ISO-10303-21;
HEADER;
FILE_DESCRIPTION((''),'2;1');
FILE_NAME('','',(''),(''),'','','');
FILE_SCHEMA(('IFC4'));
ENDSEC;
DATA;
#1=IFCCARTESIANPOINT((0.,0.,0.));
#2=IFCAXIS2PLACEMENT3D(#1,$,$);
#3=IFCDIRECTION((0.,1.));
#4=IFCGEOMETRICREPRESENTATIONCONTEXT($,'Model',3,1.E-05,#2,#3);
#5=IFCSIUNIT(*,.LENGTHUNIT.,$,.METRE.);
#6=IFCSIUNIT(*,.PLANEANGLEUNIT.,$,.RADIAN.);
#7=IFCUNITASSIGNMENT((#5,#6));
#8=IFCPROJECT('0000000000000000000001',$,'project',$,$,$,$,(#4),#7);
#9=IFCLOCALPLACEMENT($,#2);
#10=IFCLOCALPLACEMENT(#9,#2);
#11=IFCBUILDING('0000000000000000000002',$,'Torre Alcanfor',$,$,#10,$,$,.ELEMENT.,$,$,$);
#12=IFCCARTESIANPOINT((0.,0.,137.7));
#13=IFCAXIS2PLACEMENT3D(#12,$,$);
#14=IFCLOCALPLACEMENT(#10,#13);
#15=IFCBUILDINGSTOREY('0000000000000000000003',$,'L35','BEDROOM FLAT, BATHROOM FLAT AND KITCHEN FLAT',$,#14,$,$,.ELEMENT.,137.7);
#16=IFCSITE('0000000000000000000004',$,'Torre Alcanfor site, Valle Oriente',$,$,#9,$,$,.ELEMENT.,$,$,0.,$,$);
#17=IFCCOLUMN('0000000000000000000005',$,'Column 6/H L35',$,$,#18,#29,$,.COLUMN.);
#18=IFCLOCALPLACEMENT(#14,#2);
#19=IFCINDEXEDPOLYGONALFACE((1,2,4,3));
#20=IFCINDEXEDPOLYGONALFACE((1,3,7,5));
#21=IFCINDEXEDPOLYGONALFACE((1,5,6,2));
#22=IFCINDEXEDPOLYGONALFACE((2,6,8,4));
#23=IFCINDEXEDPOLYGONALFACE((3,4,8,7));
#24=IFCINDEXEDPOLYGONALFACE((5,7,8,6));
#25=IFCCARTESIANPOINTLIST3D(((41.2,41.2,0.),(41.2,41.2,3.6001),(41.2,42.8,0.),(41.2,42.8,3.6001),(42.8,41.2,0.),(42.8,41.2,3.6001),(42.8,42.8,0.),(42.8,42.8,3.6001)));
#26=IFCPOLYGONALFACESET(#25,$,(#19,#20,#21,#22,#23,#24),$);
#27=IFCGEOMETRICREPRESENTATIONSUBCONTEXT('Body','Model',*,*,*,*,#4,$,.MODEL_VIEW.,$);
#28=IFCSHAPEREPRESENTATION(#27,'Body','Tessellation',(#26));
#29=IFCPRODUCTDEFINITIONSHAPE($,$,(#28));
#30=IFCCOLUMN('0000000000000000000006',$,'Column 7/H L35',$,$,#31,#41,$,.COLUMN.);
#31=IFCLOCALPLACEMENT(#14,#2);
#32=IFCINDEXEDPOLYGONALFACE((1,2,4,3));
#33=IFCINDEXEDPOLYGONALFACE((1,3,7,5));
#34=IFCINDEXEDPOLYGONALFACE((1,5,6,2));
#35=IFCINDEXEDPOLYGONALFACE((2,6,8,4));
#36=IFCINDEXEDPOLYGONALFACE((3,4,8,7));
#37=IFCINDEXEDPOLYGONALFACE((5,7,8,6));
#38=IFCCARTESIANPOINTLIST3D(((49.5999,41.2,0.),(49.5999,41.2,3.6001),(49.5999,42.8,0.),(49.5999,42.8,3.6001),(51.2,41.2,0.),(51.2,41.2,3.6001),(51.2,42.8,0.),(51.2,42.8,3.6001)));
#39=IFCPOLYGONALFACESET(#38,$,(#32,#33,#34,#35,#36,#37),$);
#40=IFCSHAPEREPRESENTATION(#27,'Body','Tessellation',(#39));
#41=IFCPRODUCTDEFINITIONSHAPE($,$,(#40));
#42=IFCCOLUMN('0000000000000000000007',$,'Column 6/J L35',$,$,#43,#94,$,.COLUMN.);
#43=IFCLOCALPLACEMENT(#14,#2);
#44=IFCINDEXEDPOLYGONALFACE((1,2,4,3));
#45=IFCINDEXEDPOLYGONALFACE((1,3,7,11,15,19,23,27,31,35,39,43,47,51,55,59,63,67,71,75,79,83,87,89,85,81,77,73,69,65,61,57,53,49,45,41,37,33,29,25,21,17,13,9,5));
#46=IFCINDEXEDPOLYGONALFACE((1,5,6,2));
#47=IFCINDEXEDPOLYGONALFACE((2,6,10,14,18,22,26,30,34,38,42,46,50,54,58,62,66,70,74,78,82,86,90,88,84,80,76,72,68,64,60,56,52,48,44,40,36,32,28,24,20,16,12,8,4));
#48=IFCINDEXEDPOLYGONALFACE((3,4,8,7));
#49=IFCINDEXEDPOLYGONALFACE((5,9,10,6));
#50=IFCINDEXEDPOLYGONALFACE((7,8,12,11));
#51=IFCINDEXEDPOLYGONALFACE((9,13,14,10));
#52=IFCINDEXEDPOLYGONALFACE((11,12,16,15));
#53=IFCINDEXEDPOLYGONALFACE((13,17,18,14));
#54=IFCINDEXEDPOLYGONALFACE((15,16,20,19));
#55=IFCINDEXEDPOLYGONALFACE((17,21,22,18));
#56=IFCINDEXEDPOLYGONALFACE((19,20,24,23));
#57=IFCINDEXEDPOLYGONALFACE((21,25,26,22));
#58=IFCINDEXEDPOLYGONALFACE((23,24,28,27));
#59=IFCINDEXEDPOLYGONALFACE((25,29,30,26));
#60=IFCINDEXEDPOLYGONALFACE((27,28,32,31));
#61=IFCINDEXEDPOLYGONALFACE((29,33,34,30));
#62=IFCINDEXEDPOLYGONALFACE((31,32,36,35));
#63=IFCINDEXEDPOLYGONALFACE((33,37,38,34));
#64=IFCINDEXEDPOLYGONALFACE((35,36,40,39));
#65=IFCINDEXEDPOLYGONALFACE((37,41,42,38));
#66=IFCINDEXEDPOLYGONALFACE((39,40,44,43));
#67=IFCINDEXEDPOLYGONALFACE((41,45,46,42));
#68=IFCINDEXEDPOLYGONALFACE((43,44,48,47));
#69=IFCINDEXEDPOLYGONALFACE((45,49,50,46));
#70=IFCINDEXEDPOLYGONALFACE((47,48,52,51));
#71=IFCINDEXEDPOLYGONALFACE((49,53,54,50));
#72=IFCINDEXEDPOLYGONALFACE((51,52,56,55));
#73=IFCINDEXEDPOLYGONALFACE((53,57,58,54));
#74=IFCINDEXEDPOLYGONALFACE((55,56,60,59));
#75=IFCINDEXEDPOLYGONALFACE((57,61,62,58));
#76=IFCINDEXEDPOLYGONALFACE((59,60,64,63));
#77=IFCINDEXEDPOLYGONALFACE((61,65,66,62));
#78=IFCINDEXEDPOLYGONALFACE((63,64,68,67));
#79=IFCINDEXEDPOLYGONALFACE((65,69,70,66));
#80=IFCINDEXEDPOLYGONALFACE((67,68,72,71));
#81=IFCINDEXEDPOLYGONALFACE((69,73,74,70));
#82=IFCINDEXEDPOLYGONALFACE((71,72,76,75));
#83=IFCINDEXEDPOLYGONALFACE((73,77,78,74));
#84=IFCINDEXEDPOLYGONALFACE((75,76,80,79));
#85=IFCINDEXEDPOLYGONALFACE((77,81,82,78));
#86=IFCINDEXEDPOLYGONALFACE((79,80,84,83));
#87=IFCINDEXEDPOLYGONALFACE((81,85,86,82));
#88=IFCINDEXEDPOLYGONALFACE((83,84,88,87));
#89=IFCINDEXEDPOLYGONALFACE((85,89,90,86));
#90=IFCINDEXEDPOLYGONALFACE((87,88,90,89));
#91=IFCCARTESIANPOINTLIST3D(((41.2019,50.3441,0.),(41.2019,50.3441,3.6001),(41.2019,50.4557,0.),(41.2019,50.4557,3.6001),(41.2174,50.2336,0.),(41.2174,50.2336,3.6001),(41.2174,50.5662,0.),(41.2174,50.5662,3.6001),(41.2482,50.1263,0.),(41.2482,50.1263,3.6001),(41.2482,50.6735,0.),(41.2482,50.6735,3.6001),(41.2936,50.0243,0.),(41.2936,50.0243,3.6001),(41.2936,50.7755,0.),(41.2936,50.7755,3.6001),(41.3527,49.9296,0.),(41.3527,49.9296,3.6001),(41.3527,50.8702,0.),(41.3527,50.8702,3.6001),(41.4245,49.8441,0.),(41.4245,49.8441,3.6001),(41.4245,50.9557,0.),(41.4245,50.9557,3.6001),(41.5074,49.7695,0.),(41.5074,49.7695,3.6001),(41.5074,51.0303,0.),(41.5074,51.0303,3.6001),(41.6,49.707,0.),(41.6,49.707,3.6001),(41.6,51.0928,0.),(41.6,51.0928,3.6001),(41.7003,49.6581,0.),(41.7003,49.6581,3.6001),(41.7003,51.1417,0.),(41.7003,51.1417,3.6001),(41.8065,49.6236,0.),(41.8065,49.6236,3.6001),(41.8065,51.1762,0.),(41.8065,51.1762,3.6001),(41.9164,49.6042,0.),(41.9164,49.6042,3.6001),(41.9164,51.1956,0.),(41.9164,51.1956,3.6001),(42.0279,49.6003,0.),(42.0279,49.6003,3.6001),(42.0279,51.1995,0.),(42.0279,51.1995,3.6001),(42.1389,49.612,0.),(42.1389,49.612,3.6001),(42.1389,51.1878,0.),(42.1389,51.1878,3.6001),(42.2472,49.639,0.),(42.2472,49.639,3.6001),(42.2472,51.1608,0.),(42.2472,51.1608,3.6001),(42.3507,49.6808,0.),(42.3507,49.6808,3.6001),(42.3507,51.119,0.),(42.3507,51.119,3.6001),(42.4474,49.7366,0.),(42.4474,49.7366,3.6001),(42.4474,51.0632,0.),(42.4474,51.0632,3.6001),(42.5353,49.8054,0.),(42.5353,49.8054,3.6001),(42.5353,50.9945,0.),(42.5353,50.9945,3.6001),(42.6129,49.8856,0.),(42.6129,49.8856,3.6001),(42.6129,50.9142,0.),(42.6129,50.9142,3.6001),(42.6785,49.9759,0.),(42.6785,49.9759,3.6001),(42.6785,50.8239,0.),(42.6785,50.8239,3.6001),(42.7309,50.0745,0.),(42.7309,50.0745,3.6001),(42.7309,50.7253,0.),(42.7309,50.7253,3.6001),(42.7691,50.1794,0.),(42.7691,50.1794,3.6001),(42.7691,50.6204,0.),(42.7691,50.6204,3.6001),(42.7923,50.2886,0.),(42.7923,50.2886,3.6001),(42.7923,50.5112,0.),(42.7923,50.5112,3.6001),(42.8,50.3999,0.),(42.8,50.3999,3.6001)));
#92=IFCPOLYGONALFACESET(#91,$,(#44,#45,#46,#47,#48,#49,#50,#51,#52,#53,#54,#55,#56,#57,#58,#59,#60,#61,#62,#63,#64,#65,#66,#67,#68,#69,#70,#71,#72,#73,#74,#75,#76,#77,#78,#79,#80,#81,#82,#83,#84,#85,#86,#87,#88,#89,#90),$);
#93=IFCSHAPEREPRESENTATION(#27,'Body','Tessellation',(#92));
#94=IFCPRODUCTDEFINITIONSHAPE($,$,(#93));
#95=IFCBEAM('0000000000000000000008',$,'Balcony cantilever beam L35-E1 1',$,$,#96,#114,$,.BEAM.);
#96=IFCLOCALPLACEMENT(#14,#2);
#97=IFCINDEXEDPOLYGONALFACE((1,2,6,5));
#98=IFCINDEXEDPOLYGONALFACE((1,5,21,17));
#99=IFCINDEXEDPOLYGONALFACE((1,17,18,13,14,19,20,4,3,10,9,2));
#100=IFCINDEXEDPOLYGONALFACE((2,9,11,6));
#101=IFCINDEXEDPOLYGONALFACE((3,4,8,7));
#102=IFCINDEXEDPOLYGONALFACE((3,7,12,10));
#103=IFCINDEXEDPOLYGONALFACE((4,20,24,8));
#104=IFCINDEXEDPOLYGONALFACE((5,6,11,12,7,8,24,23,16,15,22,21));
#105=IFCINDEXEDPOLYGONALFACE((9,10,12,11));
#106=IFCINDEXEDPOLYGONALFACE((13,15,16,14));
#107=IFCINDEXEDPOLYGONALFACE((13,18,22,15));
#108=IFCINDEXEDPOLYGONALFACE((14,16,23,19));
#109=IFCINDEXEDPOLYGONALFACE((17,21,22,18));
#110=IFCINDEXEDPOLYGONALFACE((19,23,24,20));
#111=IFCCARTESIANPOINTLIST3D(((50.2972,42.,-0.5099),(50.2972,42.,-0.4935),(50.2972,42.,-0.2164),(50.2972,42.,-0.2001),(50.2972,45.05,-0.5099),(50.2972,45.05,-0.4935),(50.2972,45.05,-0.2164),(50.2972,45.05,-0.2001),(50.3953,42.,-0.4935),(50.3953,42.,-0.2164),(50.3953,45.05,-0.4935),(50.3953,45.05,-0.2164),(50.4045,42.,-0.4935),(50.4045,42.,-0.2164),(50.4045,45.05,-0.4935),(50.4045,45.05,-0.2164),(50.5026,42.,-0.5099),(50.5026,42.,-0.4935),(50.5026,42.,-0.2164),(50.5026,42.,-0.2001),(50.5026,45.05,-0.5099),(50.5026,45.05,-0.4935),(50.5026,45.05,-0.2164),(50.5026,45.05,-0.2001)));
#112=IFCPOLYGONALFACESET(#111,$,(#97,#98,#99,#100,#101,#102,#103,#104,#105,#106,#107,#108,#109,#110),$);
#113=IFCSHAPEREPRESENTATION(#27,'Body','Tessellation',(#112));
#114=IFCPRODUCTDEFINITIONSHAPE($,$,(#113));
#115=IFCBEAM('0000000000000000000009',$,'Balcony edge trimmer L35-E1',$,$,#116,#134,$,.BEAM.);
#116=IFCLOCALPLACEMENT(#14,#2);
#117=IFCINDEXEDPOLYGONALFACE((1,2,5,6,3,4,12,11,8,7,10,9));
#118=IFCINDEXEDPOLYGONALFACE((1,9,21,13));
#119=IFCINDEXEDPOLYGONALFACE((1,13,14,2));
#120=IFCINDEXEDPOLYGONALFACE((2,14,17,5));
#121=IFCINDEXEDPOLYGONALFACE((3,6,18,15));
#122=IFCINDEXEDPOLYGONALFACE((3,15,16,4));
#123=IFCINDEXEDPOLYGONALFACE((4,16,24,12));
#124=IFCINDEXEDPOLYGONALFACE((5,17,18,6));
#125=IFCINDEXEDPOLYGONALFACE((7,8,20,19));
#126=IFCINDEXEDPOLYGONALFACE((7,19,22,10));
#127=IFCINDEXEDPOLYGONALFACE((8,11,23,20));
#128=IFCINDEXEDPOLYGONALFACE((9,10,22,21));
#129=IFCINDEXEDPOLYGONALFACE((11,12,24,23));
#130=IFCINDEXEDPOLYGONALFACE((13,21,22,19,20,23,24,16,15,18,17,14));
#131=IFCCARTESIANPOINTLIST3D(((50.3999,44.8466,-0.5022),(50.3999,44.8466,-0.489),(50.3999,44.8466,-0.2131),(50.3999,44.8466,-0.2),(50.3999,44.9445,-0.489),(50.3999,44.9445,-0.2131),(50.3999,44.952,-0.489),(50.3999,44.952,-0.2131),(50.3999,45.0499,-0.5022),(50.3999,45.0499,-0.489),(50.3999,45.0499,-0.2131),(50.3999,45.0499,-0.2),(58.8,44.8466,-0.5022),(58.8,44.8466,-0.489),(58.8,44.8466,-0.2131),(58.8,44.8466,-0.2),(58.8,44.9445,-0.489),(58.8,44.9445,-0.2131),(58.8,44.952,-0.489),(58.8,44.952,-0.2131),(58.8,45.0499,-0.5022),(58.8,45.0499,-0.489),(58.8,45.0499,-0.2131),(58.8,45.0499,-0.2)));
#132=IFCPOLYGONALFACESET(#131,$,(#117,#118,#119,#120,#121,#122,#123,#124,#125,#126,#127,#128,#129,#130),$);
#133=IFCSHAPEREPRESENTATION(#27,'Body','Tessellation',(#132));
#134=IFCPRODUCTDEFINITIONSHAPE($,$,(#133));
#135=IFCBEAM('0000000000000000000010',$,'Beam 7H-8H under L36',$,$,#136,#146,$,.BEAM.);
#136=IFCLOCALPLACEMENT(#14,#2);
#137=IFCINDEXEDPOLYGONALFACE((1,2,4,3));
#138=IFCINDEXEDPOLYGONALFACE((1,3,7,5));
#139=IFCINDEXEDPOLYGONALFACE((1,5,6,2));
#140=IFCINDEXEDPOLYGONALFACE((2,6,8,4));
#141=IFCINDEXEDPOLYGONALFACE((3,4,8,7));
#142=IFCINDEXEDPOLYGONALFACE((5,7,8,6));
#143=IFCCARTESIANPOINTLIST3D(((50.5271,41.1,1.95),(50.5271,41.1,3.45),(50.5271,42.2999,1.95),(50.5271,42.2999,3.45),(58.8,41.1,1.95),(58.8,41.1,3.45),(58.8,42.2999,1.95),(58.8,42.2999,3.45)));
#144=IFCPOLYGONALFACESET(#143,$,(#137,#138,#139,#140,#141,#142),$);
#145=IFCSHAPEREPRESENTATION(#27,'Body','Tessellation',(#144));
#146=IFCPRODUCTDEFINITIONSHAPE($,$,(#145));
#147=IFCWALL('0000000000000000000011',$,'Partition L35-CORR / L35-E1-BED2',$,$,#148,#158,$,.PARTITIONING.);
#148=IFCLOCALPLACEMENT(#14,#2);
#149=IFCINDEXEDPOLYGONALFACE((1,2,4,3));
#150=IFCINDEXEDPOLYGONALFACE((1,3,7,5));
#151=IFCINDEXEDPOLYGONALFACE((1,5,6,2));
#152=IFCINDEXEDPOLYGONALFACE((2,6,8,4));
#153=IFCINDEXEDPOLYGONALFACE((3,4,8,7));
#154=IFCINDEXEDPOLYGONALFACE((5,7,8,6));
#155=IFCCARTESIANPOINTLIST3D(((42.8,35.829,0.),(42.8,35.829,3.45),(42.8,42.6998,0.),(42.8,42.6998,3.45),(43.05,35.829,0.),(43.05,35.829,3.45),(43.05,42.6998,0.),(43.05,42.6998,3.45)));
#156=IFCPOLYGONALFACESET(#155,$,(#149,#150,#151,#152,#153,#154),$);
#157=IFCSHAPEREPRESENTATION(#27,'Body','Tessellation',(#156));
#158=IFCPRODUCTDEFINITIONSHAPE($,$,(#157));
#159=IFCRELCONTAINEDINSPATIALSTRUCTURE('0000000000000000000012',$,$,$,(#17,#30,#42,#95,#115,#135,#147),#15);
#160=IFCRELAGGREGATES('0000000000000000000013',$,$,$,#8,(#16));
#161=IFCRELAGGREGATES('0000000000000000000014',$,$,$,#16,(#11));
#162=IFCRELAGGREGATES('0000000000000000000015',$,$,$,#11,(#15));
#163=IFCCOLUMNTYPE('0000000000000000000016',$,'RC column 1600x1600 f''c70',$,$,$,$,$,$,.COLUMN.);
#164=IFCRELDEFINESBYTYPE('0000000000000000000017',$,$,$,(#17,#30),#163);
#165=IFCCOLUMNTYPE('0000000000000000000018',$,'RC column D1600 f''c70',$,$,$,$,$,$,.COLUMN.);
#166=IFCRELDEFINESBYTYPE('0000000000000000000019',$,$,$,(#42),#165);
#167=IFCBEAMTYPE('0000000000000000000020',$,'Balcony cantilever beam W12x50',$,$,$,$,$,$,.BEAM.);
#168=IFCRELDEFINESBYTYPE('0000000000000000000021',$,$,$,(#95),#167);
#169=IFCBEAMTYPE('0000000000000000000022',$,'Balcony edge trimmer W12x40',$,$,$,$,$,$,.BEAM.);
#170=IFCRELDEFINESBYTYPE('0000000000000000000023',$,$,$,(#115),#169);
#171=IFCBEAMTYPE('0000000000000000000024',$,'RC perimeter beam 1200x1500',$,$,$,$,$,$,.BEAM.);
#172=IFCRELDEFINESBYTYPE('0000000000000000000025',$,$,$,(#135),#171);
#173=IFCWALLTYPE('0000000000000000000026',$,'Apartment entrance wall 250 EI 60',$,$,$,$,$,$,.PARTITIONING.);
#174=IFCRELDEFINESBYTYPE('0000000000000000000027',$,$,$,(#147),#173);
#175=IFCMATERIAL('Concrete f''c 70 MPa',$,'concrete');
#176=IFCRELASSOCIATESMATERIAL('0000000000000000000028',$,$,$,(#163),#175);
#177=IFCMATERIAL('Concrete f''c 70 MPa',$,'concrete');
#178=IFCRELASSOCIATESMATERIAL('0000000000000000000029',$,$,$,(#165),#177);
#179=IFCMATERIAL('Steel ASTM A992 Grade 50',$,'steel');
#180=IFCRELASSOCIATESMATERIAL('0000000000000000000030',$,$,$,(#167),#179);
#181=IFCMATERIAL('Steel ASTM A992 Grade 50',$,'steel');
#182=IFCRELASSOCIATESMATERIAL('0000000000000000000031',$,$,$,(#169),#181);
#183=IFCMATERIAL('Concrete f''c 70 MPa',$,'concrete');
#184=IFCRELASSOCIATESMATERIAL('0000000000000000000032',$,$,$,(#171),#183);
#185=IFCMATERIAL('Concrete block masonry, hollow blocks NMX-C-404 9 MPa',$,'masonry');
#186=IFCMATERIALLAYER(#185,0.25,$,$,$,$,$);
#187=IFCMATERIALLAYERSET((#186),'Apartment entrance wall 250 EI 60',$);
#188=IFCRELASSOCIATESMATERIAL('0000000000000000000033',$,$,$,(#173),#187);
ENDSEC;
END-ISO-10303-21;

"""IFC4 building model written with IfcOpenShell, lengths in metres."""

from ifc_helpers import new_model, si_unit, direction, frame, frame_2d, origin, origin_2d, place, context, subcontext, project, spatial, rectangle, circle, i_section, extrude, material, layer, layer_set, material_profile, profile_set, type_object, element, save


model = new_model("IFC4")

# Units and contexts
model_context = context("Model", 3, precision=1e-05, world=origin(), true_north=direction((0.0, 1.0)))
body_context = subcontext(model_context, "Body", "Model", "MODEL_VIEW")
ifc_project = project(units=[si_unit("LENGTHUNIT", "METRE"), si_unit("PLANEANGLEUNIT", "RADIAN")], contexts=[model_context])

# Site, building, storey
site_placement = place(None, origin())
site = spatial("IfcSite", under=ifc_project, at=site_placement, Name="Torre Alcanfor site, Valle Oriente", CompositionType="ELEMENT", RefElevation=0.0)
building_placement = place(site_placement, origin())
building = spatial("IfcBuilding", under=site, at=building_placement, Name="Torre Alcanfor", CompositionType="ELEMENT")
storey_placement = place(building_placement, frame((0.0, 0.0, 137.7)))
storey = spatial("IfcBuildingStorey", under=building, at=storey_placement, Name="L35", Description="BEDROOM FLAT, BATHROOM FLAT AND KITCHEN FLAT", CompositionType="ELEMENT", Elevation=137.7)

# Columns
ifc_material_1 = material(Name="Concrete f'c 70 MPa", Category="concrete")
ifc_material_profile_1 = material_profile(ifc_material_1, rectangle(XDim=1.6001, YDim=1.6001, at=origin_2d()), Name="1600x1600")
ifc_profile_set_1 = profile_set([ifc_material_profile_1], Name="Concrete f'c 70 MPa")
column_type_1 = type_object("IfcColumnType", Name="RC column 1600x1600 f'c70", PredefinedType="COLUMN", material=ifc_profile_set_1)
for number, where, z_axis, x_axis, name in (
    (1, (42.0, 42.0, 0.0), (0.0, 0.0, 1.0), (1.0, 0.0, 0.0), "Column 6/H L35"),
    (2, (50.3999, 42.0, 0.0), (0.0, 0.0, 1.0), (1.0, 0.0, 0.0), "Column 7/H L35"),
):
    element("IfcColumn", number, at=place(storey_placement, frame(where, z_axis=z_axis, x_axis=x_axis)), inside=storey, type_object=column_type_1, Name=name, PredefinedType="COLUMN", context=body_context, shape_type="SweptSolid", body=[
        extrude(rectangle(XDim=1.6001, YDim=1.6001, at=origin_2d()), origin(), (0.0, 0.0, 1.0), 3.6001),
    ])
ifc_material_2 = material(Name="Concrete f'c 70 MPa", Category="concrete")
ifc_material_profile_2 = material_profile(ifc_material_2, circle(Radius=0.8, at=origin_2d()), Name="D1600")
ifc_profile_set_2 = profile_set([ifc_material_profile_2], Name="Concrete f'c 70 MPa")
column_type_2 = type_object("IfcColumnType", Name="RC column D1600 f'c70", PredefinedType="COLUMN", material=ifc_profile_set_2)
column_placement = place(storey_placement, frame((42.0, 50.3999, 0.0), z_axis=(0.0, 0.0, 1.0), x_axis=(1.0, 0.0, 0.0)))
element("IfcColumn", 3, at=column_placement, inside=storey, type_object=column_type_2, Name="Column 6/J L35", PredefinedType="COLUMN", context=body_context, shape_type="SweptSolid", body=[
    extrude(circle(Radius=0.8, at=origin_2d()), origin(), (0.0, 0.0, 1.0), 3.6001),
])

# Beams
ifc_material_3 = material(Name="Steel ASTM A992 Grade 50", Category="steel")
ifc_material_profile_3 = material_profile(ifc_material_3, i_section(OverallWidth=0.2053, OverallDepth=0.3098, WebThickness=0.0093, FlangeThickness=0.0164, at=origin_2d()), Name="W12x50")
ifc_profile_set_3 = profile_set([ifc_material_profile_3], Name="Steel ASTM A992 Grade 50")
beam_type_1 = type_object("IfcBeamType", Name="Balcony cantilever beam W12x50", PredefinedType="BEAM", material=ifc_profile_set_3)
beam_1_placement = place(storey_placement, frame((50.3999, 42.0, -0.355), z_axis=(0.0, 1.0, 0.0), x_axis=(-1.0, 0.0, 0.0)))
element("IfcBeam", 4, at=beam_1_placement, inside=storey, type_object=beam_type_1, Name="Balcony cantilever beam L35-E1 1", PredefinedType="BEAM", context=body_context, shape_type="SweptSolid", body=[
    extrude(i_section(OverallWidth=0.2053, OverallDepth=0.3098, WebThickness=0.0093, FlangeThickness=0.0164, at=origin_2d()), origin(), (0.0, 0.0, 1.0), 3.05),
])
ifc_material_4 = material(Name="Steel ASTM A992 Grade 50", Category="steel")
ifc_material_profile_4 = material_profile(ifc_material_4, i_section(OverallWidth=0.2034, OverallDepth=0.3022, WebThickness=0.0076, FlangeThickness=0.0132, at=origin_2d()), Name="W12x40")
ifc_profile_set_4 = profile_set([ifc_material_profile_4], Name="Steel ASTM A992 Grade 50")
beam_type_2 = type_object("IfcBeamType", Name="Balcony edge trimmer W12x40", PredefinedType="BEAM", material=ifc_profile_set_4)
beam_2_placement = place(storey_placement, frame((50.3999, 44.9482, -0.3511), z_axis=(1.0, 0.0, 0.0), x_axis=(0.0, 1.0, 0.0)))
element("IfcBeam", 5, at=beam_2_placement, inside=storey, type_object=beam_type_2, Name="Balcony edge trimmer L35-E1", PredefinedType="BEAM", context=body_context, shape_type="SweptSolid", body=[
    extrude(i_section(OverallWidth=0.2034, OverallDepth=0.3022, WebThickness=0.0076, FlangeThickness=0.0132, at=origin_2d()), origin(), (0.0, 0.0, 1.0), 8.4001),
])
ifc_material_5 = material(Name="Concrete f'c 70 MPa", Category="concrete")
ifc_material_profile_5 = material_profile(ifc_material_5, rectangle(XDim=1.2, YDim=1.5, at=origin_2d()), Name="1200x1500")
ifc_profile_set_5 = profile_set([ifc_material_profile_5], Name="Concrete f'c 70 MPa")
beam_type_3 = type_object("IfcBeamType", Name="RC perimeter beam 1200x1500", PredefinedType="BEAM", material=ifc_profile_set_5)
beam_3_placement = place(storey_placement, frame((50.5271, 41.7, 2.7), z_axis=(1.0, 0.0, 0.0), x_axis=(0.0, 1.0, 0.0)))
element("IfcBeam", 6, at=beam_3_placement, inside=storey, type_object=beam_type_3, Name="Beam 7H-8H under L36", PredefinedType="BEAM", context=body_context, shape_type="SweptSolid", body=[
    extrude(rectangle(XDim=1.2, YDim=1.5, at=origin_2d()), origin(), (0.0, 0.0, 1.0), 8.2729),
])

# Wall
ifc_material_6 = material(Name="Concrete block masonry, hollow blocks NMX-C-404 9 MPa", Category="masonry")
ifc_layer_1 = layer(ifc_material_6, 0.25)
ifc_layer_set_1 = layer_set([ifc_layer_1], Name="Apartment entrance wall 250 EI 60")
wall_type_1 = type_object("IfcWallType", Name="Apartment entrance wall 250 EI 60", PredefinedType="PARTITIONING", material=ifc_layer_set_1)
wall_1_placement = place(storey_placement, frame((42.925, 42.7, 0.0), z_axis=(0.0, 0.0, 1.0), x_axis=(0.0, -1.0, 0.0)))
element("IfcWall", 7, at=wall_1_placement, inside=storey, type_object=wall_type_1, Name="Partition L35-CORR / L35-E1-BED2", PredefinedType="PARTITIONING", context=body_context, shape_type="SweptSolid", body=[
    extrude(rectangle(XDim=6.8708, YDim=0.25, at=frame_2d((3.4355, 0.0))), origin(), (0.0, 0.0, 1.0), 3.45),
])

save(model, "model.ifc")
